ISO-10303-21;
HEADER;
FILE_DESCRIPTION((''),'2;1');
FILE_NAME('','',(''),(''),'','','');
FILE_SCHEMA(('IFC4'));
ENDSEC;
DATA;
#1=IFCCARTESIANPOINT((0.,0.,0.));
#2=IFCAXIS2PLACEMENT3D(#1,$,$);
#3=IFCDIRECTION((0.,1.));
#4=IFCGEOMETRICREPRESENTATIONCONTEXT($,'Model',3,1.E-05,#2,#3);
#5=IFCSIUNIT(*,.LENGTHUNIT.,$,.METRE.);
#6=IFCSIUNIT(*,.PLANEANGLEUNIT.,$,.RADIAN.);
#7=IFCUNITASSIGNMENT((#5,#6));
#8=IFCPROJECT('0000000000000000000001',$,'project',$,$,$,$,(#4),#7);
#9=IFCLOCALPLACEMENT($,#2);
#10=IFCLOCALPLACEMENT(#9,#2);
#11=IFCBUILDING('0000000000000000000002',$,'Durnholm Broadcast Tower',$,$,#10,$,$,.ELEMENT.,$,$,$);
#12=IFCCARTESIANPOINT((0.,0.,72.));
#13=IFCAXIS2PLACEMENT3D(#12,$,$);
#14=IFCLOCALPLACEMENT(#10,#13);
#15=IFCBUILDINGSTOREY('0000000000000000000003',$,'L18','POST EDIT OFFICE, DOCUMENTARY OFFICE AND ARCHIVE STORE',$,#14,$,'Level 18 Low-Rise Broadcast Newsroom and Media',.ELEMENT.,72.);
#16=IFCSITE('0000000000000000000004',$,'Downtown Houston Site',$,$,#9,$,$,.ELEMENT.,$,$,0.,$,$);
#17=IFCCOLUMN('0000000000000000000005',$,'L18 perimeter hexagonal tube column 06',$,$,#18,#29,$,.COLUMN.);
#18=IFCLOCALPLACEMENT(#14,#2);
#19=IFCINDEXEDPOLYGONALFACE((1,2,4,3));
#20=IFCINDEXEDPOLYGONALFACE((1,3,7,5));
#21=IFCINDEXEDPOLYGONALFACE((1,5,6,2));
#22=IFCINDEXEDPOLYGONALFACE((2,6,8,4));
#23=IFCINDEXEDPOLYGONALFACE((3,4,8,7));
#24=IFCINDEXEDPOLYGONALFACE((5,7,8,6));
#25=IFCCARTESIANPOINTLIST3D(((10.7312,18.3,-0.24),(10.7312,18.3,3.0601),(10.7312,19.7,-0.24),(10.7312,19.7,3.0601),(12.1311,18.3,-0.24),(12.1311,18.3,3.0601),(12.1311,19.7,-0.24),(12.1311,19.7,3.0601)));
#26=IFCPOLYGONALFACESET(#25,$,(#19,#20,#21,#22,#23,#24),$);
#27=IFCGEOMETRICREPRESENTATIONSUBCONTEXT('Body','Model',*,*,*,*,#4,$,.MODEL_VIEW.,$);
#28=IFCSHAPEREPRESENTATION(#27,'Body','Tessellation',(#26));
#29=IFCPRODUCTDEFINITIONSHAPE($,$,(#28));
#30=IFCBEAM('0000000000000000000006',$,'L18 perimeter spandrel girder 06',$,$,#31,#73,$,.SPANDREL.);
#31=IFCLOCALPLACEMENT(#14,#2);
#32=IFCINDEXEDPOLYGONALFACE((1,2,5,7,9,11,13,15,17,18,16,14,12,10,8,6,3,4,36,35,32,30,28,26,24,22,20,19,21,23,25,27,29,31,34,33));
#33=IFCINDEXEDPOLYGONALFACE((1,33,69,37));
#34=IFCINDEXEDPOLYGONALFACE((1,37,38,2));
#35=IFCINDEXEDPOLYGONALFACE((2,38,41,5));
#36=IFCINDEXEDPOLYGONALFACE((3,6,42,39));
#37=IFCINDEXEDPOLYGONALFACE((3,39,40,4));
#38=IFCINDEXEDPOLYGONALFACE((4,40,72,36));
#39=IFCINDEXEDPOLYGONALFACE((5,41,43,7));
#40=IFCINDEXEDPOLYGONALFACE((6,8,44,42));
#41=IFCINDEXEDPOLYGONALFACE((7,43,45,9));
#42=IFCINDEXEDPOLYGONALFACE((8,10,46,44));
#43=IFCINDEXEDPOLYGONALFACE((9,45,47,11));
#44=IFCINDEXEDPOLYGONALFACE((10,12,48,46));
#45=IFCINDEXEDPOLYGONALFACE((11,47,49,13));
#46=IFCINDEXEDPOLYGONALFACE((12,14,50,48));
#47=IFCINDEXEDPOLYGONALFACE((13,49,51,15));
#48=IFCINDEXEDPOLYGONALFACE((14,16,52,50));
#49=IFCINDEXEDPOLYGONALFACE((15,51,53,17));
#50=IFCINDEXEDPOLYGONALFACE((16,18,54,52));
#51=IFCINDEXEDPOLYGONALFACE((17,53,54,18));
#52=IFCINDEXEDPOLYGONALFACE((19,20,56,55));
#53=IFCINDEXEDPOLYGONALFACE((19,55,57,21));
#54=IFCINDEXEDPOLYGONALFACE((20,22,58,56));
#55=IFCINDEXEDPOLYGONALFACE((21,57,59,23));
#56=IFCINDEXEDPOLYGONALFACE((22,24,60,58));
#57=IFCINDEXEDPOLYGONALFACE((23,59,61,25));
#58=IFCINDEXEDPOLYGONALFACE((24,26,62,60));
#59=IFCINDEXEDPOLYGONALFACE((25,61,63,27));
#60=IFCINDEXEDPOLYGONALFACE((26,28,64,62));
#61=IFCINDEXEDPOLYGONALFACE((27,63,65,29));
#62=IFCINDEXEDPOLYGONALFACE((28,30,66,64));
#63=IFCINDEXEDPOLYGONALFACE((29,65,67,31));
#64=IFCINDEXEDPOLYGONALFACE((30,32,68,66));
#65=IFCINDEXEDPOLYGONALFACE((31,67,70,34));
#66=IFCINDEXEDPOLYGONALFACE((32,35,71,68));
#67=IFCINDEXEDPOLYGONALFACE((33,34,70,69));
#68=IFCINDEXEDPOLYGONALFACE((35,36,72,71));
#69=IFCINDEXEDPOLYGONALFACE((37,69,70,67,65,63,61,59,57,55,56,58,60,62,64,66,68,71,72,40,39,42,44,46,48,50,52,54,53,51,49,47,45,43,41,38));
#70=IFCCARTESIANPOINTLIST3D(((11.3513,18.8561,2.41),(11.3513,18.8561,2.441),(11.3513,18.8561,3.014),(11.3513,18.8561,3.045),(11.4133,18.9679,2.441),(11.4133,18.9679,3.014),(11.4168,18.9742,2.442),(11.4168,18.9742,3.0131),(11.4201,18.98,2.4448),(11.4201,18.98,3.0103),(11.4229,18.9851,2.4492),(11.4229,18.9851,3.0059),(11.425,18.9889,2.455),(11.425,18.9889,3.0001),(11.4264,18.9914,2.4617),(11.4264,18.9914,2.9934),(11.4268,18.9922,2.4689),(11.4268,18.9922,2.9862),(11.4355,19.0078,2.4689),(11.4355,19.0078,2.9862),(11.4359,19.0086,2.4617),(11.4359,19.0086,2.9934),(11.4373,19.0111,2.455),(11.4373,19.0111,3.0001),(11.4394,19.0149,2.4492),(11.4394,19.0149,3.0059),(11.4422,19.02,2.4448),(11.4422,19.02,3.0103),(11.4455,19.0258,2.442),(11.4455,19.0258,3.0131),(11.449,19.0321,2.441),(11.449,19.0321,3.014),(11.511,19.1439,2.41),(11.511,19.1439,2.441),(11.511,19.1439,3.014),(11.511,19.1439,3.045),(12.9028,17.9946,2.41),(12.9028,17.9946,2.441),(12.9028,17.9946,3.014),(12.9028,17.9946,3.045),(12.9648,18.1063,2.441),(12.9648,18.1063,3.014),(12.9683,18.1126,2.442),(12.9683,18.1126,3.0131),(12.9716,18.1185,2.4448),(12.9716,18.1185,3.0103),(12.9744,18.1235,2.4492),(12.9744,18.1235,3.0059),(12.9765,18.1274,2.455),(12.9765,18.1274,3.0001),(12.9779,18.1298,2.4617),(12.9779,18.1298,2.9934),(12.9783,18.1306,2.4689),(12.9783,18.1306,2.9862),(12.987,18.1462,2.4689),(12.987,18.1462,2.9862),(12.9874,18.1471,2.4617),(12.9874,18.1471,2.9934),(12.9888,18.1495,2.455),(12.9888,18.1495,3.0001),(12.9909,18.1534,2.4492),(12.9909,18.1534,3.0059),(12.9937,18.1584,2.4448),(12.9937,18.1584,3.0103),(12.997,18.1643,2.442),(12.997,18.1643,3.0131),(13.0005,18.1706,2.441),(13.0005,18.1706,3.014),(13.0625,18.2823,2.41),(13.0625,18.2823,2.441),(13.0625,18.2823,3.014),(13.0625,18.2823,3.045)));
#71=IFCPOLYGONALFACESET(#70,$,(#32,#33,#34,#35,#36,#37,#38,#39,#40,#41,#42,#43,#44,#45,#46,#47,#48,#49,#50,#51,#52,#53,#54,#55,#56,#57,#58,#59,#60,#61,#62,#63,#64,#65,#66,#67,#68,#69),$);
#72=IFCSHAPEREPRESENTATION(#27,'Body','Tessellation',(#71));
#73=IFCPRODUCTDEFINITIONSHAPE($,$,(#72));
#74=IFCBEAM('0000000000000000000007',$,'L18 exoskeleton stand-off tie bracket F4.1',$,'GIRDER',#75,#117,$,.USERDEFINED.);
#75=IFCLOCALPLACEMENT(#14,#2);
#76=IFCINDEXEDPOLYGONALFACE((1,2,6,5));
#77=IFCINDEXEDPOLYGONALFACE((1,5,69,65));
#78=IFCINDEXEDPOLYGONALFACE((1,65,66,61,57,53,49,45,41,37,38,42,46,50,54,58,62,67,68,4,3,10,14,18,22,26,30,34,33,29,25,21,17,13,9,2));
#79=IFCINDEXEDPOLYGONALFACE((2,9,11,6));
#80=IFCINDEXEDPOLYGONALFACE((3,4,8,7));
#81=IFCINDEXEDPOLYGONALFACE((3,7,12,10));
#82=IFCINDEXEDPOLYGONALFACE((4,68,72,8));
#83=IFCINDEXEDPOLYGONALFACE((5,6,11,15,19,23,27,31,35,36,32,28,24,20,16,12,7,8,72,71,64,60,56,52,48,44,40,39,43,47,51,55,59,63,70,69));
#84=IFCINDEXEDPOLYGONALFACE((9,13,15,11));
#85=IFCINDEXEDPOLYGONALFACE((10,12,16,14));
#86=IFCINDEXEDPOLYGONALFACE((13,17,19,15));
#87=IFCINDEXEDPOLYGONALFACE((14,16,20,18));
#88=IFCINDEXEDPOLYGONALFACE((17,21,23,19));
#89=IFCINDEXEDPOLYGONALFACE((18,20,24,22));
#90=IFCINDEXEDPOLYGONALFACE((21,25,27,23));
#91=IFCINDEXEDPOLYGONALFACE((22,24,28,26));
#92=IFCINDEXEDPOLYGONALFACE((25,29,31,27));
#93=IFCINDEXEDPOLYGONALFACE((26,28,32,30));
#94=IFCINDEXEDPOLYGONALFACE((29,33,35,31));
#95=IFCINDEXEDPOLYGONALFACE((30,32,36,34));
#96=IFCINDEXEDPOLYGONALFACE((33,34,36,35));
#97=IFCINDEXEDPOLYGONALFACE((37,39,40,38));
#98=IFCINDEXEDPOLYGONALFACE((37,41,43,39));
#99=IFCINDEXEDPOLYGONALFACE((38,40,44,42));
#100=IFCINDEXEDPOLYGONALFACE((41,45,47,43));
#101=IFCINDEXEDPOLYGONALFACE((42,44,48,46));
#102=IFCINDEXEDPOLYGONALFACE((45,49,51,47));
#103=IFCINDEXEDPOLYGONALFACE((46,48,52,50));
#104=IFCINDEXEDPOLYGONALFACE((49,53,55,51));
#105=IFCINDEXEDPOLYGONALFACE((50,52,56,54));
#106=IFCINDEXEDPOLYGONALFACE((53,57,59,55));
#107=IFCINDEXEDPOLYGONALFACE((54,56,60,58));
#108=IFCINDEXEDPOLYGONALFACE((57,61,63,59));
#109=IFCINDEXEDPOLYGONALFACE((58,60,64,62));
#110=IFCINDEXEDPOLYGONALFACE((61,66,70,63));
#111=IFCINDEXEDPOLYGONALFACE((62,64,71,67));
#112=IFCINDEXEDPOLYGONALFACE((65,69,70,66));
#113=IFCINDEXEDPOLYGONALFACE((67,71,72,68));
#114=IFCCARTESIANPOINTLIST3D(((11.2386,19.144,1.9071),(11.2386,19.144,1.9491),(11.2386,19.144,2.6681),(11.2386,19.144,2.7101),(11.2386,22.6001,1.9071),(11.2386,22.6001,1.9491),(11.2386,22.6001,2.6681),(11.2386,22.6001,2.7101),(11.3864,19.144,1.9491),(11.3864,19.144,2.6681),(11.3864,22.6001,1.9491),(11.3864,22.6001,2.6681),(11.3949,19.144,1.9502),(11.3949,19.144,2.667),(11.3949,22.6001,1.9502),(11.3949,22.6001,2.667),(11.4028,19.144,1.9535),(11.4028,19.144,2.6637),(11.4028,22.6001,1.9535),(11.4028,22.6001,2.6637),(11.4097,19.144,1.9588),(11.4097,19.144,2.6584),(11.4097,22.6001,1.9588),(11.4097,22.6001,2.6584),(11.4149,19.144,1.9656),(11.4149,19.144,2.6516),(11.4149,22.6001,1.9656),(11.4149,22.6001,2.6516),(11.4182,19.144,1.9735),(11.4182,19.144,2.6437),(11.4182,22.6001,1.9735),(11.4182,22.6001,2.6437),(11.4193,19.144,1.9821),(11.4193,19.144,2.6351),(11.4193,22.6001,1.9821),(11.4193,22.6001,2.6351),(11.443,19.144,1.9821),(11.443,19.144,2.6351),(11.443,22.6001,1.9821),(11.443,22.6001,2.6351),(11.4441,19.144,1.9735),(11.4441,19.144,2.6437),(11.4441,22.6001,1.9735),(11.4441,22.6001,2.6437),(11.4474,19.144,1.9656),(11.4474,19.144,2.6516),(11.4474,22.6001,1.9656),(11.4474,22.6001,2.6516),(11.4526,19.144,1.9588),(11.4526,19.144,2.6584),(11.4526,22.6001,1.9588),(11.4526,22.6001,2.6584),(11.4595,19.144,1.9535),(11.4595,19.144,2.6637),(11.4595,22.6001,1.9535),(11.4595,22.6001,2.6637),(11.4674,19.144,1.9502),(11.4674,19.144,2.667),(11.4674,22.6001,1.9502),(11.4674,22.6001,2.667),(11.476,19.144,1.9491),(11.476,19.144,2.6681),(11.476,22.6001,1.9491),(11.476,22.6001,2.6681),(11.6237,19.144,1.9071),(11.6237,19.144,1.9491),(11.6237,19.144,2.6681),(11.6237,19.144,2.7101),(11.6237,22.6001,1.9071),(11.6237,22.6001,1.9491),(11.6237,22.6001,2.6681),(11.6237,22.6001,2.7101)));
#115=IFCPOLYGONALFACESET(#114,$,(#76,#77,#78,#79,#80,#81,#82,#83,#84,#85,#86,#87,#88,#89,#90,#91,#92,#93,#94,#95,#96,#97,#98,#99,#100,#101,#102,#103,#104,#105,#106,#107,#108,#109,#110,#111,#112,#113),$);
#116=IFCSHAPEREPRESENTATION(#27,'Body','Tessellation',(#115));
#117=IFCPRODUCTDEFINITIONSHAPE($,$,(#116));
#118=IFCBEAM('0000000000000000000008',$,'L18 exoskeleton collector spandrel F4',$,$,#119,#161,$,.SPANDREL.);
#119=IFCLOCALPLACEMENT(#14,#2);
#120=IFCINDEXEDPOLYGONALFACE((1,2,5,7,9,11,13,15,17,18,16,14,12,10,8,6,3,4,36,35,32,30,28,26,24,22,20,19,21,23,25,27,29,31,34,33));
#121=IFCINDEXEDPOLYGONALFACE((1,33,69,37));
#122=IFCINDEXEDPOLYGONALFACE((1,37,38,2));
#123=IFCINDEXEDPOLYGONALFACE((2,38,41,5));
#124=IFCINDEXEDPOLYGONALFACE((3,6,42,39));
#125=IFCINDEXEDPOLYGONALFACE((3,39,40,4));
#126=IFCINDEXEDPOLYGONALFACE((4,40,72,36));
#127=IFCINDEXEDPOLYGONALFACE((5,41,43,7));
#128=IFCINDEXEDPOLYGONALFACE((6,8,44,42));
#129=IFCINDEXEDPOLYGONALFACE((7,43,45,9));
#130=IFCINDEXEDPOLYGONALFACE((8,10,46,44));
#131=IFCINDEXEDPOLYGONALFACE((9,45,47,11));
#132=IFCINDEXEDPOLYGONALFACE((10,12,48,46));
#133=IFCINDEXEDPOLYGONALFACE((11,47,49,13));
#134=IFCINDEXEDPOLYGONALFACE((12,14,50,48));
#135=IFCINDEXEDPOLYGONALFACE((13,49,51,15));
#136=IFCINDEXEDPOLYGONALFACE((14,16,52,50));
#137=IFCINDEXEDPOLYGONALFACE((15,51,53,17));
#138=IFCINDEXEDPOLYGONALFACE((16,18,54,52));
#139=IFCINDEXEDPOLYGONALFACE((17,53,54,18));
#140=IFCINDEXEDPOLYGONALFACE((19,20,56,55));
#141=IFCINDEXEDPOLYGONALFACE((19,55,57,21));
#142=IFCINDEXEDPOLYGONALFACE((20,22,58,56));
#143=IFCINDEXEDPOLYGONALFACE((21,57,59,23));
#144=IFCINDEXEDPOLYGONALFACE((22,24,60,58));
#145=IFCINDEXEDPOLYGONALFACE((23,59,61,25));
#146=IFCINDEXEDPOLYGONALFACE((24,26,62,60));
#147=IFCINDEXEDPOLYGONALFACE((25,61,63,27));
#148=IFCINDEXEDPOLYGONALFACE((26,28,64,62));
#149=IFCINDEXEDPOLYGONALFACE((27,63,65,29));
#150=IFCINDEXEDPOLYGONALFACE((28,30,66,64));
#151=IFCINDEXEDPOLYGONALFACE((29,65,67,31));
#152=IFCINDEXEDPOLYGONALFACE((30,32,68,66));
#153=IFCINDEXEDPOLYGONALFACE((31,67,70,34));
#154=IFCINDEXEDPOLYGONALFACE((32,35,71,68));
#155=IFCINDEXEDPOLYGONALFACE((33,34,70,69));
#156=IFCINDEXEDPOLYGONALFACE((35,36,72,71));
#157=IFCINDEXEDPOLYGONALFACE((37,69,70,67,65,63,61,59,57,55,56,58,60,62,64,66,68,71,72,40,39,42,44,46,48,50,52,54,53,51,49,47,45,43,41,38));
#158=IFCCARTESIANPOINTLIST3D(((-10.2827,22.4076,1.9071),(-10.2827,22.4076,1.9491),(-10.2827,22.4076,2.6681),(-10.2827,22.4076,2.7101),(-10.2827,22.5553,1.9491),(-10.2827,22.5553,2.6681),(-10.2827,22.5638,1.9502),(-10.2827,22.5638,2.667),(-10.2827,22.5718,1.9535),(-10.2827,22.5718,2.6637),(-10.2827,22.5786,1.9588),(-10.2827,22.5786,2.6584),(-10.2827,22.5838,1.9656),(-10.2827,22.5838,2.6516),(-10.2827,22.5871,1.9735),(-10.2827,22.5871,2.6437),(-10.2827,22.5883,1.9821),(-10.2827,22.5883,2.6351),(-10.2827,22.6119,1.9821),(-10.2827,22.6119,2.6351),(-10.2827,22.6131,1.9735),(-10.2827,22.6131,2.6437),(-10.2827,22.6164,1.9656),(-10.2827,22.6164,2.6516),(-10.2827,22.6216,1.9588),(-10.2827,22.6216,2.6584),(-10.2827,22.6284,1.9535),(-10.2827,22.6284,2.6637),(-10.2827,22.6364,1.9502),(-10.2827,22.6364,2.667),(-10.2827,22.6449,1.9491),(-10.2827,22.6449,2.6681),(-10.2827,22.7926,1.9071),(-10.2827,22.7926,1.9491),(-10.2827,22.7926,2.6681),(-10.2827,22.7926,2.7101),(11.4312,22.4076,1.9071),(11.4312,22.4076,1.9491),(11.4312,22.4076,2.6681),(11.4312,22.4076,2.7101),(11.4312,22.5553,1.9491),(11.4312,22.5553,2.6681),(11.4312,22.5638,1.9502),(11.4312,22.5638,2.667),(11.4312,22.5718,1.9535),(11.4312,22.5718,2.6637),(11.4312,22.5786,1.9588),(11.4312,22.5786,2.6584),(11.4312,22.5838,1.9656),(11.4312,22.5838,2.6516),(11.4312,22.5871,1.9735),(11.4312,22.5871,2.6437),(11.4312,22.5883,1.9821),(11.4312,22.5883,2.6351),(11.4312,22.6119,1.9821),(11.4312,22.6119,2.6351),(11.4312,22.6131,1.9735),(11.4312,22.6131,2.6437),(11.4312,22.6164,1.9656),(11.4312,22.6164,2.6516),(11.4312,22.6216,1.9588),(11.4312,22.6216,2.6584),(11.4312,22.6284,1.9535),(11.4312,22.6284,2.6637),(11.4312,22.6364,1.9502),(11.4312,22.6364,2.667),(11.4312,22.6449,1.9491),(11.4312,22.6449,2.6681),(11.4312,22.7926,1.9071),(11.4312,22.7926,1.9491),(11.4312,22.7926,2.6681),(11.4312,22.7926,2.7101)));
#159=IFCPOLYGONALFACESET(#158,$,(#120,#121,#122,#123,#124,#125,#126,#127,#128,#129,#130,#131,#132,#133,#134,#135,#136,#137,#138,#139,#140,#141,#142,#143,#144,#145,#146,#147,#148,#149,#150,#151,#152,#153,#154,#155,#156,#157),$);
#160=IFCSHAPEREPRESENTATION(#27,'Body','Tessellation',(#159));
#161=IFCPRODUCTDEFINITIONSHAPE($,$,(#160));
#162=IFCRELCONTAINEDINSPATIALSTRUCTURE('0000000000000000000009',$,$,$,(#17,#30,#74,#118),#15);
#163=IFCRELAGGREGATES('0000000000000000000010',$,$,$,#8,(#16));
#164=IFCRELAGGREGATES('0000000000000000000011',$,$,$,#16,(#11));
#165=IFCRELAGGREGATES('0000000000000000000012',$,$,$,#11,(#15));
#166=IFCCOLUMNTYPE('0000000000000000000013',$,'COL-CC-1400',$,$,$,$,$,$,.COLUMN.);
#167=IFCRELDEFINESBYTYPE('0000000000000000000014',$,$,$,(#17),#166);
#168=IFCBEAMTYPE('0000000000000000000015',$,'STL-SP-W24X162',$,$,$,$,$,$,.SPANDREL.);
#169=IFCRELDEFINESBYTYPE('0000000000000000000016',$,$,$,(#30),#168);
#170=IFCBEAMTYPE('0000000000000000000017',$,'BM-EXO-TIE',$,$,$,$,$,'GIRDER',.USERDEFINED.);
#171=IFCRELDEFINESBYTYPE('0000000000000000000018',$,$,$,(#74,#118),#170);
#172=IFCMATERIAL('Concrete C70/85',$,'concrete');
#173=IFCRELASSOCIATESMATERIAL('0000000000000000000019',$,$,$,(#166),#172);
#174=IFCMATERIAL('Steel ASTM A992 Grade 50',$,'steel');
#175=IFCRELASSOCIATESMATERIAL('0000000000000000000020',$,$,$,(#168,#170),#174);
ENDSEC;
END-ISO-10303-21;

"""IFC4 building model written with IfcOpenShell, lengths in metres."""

from ifc_helpers import new_model, si_unit, direction, frame, origin, origin_2d, place, context, subcontext, project, spatial, rectangle, i_section, extrude, source, transform, mapped, material, material_profile, profile_set, type_object, type_shapes, element, save


model = new_model("IFC4")

# Units and contexts
model_context = context("Model", 3, precision=1e-05, world=origin(), true_north=direction((0.0, 1.0)))
body_context = subcontext(model_context, "Body", "Model", "MODEL_VIEW")
ifc_project = project(units=[si_unit("LENGTHUNIT", "METRE"), si_unit("PLANEANGLEUNIT", "RADIAN")], contexts=[model_context])

# Site, building, storey
site_placement = place(None, origin())
site = spatial("IfcSite", under=ifc_project, at=site_placement, Name="Downtown Houston Site", CompositionType="ELEMENT", RefElevation=0.0)
building_placement = place(site_placement, origin())
building = spatial("IfcBuilding", under=site, at=building_placement, Name="Durnholm Broadcast Tower", CompositionType="ELEMENT")
storey_placement = place(building_placement, frame((0.0, 0.0, 72.0)))
storey = spatial("IfcBuildingStorey", under=building, at=storey_placement, Name="L18", Description="POST EDIT OFFICE, DOCUMENTARY OFFICE AND ARCHIVE STORE", LongName="Level 18 Low-Rise Broadcast Newsroom and Media", CompositionType="ELEMENT", Elevation=72.0)

# Column
ifc_material_1 = material(Name="Concrete C70/85", Category="concrete")
ifc_material_profile_1 = material_profile(ifc_material_1, rectangle(XDim=1.3999, YDim=1.3999, at=origin_2d()), Name="RC1400X1400")
ifc_profile_set_1 = profile_set([ifc_material_profile_1], Name="Concrete C70/85")
column_type = type_object("IfcColumnType", Name="COL-CC-1400", PredefinedType="COLUMN", material=ifc_profile_set_1)
shared_shape_1 = source(origin(), body_context, "Body", "SweptSolid", [
    extrude(rectangle(XDim=1.3999, YDim=1.3999, at=origin_2d()), origin(), (0.0, 0.0, 1.0), 3.3),
])
type_shapes(column_type, [shared_shape_1])
column_placement = place(storey_placement, frame((11.4312, 19.0, -0.24), z_axis=(0.0, 0.0, 1.0), x_axis=(1.0, 0.0, 0.0)))
element("IfcColumn", 1, at=column_placement, inside=storey, type_object=column_type, Name="L18 perimeter hexagonal tube column 06", PredefinedType="COLUMN", context=body_context, shape_type="MappedRepresentation", body=[
    mapped(shared_shape_1, transform((0.0, 0.0, 0.0), x_axis=(1.0, 0.0, 0.0), y_axis=(0.0, 1.0, 0.0), z_axis=(0.0, 0.0, 1.0), scale=1.0)),
])

# Beams
ifc_material_2 = material(Name="Steel ASTM A992 Grade 50", Category="steel")
ifc_material_profile_2 = material_profile(ifc_material_2, i_section(OverallWidth=0.3291, OverallDepth=0.635, WebThickness=0.0178, FlangeThickness=0.031, FilletRadius=0.0278, at=origin_2d()), Name="W24X162")
ifc_profile_set_2 = profile_set([ifc_material_profile_2], Name="Steel ASTM A992 Grade 50")
beam_type_1 = type_object("IfcBeamType", Name="STL-SP-W24X162", PredefinedType="SPANDREL", material=ifc_profile_set_2)
shared_shape_2 = source(origin(), body_context, "Body", "SweptSolid", [
    extrude(i_section(OverallWidth=0.3291, OverallDepth=0.635, WebThickness=0.0178, FlangeThickness=0.031, FilletRadius=0.0278, at=origin_2d()), origin(), (0.0, 0.0, 1.0), 1.7747),
])
type_shapes(beam_type_1, [shared_shape_2])
beam_1_placement = place(storey_placement, frame((11.4312, 19.0, 2.7275), z_axis=(0.874248, -0.485479, 0.0), x_axis=(0.485479, 0.874248, 0.0)))
element("IfcBeam", 2, at=beam_1_placement, inside=storey, type_object=beam_type_1, Name="L18 perimeter spandrel girder 06", PredefinedType="SPANDREL", context=body_context, shape_type="MappedRepresentation", body=[
    mapped(shared_shape_2, transform((0.0, 0.0, 0.0), x_axis=(1.0, 0.0, 0.0), y_axis=(0.0, 1.0, 0.0), z_axis=(0.0, 0.0, 1.0), scale=1.0)),
])
ifc_material_profile_3 = material_profile(ifc_material_2, i_section(OverallWidth=0.385, OverallDepth=0.803, WebThickness=0.0237, FlangeThickness=0.042, FilletRadius=0.033, at=origin_2d()), Name="W30X261")
ifc_profile_set_3 = profile_set([ifc_material_profile_3], Name="Steel ASTM A992 Grade 50")
beam_type_2 = type_object("IfcBeamType", Name="BM-EXO-TIE", ElementType="GIRDER", PredefinedType="USERDEFINED", material=ifc_profile_set_3)
shared_shape_3 = source(origin(), body_context, "Body", "SweptSolid", [
    extrude(i_section(OverallWidth=0.385, OverallDepth=0.803, WebThickness=0.0237, FlangeThickness=0.042, FilletRadius=0.033, at=origin_2d()), origin(), (0.0, 0.0, 1.0), 3.4561),
])
beam_2_placement = place(storey_placement, frame((11.4312, 19.144, 2.3086), z_axis=(0.0, 1.0, 0.0), x_axis=(-1.0, 0.0, 0.0)))
element("IfcBeam", 3, at=beam_2_placement, inside=storey, type_object=beam_type_2, Name="L18 exoskeleton stand-off tie bracket F4.1", ObjectType="GIRDER", PredefinedType="USERDEFINED", context=body_context, shape_type="MappedRepresentation", body=[
    mapped(shared_shape_3, transform((0.0, 0.0, 0.0), x_axis=(1.0, 0.0, 0.0), y_axis=(0.0, 1.0, 0.0), z_axis=(0.0, 0.0, 1.0), scale=1.0)),
])
shared_shape_4 = source(origin(), body_context, "Body", "SweptSolid", [
    extrude(i_section(OverallWidth=0.385, OverallDepth=0.803, WebThickness=0.0237, FlangeThickness=0.042, FilletRadius=0.033, at=origin_2d()), origin(), (0.0, 0.0, 1.0), 21.7139),
])
type_shapes(beam_type_2, [shared_shape_3, shared_shape_4])
beam_3_placement = place(storey_placement, frame((11.4312, 22.6001, 2.3086), z_axis=(-1.0, 0.0, 0.0), x_axis=(0.0, -1.0, 0.0)))
element("IfcBeam", 4, at=beam_3_placement, inside=storey, type_object=beam_type_2, Name="L18 exoskeleton collector spandrel F4", PredefinedType="SPANDREL", context=body_context, shape_type="MappedRepresentation", body=[
    mapped(shared_shape_4, transform((0.0, 0.0, 0.0), x_axis=(1.0, 0.0, 0.0), y_axis=(0.0, 1.0, 0.0), z_axis=(0.0, 0.0, 1.0), scale=1.0)),
])

save(model, "model.ifc")
